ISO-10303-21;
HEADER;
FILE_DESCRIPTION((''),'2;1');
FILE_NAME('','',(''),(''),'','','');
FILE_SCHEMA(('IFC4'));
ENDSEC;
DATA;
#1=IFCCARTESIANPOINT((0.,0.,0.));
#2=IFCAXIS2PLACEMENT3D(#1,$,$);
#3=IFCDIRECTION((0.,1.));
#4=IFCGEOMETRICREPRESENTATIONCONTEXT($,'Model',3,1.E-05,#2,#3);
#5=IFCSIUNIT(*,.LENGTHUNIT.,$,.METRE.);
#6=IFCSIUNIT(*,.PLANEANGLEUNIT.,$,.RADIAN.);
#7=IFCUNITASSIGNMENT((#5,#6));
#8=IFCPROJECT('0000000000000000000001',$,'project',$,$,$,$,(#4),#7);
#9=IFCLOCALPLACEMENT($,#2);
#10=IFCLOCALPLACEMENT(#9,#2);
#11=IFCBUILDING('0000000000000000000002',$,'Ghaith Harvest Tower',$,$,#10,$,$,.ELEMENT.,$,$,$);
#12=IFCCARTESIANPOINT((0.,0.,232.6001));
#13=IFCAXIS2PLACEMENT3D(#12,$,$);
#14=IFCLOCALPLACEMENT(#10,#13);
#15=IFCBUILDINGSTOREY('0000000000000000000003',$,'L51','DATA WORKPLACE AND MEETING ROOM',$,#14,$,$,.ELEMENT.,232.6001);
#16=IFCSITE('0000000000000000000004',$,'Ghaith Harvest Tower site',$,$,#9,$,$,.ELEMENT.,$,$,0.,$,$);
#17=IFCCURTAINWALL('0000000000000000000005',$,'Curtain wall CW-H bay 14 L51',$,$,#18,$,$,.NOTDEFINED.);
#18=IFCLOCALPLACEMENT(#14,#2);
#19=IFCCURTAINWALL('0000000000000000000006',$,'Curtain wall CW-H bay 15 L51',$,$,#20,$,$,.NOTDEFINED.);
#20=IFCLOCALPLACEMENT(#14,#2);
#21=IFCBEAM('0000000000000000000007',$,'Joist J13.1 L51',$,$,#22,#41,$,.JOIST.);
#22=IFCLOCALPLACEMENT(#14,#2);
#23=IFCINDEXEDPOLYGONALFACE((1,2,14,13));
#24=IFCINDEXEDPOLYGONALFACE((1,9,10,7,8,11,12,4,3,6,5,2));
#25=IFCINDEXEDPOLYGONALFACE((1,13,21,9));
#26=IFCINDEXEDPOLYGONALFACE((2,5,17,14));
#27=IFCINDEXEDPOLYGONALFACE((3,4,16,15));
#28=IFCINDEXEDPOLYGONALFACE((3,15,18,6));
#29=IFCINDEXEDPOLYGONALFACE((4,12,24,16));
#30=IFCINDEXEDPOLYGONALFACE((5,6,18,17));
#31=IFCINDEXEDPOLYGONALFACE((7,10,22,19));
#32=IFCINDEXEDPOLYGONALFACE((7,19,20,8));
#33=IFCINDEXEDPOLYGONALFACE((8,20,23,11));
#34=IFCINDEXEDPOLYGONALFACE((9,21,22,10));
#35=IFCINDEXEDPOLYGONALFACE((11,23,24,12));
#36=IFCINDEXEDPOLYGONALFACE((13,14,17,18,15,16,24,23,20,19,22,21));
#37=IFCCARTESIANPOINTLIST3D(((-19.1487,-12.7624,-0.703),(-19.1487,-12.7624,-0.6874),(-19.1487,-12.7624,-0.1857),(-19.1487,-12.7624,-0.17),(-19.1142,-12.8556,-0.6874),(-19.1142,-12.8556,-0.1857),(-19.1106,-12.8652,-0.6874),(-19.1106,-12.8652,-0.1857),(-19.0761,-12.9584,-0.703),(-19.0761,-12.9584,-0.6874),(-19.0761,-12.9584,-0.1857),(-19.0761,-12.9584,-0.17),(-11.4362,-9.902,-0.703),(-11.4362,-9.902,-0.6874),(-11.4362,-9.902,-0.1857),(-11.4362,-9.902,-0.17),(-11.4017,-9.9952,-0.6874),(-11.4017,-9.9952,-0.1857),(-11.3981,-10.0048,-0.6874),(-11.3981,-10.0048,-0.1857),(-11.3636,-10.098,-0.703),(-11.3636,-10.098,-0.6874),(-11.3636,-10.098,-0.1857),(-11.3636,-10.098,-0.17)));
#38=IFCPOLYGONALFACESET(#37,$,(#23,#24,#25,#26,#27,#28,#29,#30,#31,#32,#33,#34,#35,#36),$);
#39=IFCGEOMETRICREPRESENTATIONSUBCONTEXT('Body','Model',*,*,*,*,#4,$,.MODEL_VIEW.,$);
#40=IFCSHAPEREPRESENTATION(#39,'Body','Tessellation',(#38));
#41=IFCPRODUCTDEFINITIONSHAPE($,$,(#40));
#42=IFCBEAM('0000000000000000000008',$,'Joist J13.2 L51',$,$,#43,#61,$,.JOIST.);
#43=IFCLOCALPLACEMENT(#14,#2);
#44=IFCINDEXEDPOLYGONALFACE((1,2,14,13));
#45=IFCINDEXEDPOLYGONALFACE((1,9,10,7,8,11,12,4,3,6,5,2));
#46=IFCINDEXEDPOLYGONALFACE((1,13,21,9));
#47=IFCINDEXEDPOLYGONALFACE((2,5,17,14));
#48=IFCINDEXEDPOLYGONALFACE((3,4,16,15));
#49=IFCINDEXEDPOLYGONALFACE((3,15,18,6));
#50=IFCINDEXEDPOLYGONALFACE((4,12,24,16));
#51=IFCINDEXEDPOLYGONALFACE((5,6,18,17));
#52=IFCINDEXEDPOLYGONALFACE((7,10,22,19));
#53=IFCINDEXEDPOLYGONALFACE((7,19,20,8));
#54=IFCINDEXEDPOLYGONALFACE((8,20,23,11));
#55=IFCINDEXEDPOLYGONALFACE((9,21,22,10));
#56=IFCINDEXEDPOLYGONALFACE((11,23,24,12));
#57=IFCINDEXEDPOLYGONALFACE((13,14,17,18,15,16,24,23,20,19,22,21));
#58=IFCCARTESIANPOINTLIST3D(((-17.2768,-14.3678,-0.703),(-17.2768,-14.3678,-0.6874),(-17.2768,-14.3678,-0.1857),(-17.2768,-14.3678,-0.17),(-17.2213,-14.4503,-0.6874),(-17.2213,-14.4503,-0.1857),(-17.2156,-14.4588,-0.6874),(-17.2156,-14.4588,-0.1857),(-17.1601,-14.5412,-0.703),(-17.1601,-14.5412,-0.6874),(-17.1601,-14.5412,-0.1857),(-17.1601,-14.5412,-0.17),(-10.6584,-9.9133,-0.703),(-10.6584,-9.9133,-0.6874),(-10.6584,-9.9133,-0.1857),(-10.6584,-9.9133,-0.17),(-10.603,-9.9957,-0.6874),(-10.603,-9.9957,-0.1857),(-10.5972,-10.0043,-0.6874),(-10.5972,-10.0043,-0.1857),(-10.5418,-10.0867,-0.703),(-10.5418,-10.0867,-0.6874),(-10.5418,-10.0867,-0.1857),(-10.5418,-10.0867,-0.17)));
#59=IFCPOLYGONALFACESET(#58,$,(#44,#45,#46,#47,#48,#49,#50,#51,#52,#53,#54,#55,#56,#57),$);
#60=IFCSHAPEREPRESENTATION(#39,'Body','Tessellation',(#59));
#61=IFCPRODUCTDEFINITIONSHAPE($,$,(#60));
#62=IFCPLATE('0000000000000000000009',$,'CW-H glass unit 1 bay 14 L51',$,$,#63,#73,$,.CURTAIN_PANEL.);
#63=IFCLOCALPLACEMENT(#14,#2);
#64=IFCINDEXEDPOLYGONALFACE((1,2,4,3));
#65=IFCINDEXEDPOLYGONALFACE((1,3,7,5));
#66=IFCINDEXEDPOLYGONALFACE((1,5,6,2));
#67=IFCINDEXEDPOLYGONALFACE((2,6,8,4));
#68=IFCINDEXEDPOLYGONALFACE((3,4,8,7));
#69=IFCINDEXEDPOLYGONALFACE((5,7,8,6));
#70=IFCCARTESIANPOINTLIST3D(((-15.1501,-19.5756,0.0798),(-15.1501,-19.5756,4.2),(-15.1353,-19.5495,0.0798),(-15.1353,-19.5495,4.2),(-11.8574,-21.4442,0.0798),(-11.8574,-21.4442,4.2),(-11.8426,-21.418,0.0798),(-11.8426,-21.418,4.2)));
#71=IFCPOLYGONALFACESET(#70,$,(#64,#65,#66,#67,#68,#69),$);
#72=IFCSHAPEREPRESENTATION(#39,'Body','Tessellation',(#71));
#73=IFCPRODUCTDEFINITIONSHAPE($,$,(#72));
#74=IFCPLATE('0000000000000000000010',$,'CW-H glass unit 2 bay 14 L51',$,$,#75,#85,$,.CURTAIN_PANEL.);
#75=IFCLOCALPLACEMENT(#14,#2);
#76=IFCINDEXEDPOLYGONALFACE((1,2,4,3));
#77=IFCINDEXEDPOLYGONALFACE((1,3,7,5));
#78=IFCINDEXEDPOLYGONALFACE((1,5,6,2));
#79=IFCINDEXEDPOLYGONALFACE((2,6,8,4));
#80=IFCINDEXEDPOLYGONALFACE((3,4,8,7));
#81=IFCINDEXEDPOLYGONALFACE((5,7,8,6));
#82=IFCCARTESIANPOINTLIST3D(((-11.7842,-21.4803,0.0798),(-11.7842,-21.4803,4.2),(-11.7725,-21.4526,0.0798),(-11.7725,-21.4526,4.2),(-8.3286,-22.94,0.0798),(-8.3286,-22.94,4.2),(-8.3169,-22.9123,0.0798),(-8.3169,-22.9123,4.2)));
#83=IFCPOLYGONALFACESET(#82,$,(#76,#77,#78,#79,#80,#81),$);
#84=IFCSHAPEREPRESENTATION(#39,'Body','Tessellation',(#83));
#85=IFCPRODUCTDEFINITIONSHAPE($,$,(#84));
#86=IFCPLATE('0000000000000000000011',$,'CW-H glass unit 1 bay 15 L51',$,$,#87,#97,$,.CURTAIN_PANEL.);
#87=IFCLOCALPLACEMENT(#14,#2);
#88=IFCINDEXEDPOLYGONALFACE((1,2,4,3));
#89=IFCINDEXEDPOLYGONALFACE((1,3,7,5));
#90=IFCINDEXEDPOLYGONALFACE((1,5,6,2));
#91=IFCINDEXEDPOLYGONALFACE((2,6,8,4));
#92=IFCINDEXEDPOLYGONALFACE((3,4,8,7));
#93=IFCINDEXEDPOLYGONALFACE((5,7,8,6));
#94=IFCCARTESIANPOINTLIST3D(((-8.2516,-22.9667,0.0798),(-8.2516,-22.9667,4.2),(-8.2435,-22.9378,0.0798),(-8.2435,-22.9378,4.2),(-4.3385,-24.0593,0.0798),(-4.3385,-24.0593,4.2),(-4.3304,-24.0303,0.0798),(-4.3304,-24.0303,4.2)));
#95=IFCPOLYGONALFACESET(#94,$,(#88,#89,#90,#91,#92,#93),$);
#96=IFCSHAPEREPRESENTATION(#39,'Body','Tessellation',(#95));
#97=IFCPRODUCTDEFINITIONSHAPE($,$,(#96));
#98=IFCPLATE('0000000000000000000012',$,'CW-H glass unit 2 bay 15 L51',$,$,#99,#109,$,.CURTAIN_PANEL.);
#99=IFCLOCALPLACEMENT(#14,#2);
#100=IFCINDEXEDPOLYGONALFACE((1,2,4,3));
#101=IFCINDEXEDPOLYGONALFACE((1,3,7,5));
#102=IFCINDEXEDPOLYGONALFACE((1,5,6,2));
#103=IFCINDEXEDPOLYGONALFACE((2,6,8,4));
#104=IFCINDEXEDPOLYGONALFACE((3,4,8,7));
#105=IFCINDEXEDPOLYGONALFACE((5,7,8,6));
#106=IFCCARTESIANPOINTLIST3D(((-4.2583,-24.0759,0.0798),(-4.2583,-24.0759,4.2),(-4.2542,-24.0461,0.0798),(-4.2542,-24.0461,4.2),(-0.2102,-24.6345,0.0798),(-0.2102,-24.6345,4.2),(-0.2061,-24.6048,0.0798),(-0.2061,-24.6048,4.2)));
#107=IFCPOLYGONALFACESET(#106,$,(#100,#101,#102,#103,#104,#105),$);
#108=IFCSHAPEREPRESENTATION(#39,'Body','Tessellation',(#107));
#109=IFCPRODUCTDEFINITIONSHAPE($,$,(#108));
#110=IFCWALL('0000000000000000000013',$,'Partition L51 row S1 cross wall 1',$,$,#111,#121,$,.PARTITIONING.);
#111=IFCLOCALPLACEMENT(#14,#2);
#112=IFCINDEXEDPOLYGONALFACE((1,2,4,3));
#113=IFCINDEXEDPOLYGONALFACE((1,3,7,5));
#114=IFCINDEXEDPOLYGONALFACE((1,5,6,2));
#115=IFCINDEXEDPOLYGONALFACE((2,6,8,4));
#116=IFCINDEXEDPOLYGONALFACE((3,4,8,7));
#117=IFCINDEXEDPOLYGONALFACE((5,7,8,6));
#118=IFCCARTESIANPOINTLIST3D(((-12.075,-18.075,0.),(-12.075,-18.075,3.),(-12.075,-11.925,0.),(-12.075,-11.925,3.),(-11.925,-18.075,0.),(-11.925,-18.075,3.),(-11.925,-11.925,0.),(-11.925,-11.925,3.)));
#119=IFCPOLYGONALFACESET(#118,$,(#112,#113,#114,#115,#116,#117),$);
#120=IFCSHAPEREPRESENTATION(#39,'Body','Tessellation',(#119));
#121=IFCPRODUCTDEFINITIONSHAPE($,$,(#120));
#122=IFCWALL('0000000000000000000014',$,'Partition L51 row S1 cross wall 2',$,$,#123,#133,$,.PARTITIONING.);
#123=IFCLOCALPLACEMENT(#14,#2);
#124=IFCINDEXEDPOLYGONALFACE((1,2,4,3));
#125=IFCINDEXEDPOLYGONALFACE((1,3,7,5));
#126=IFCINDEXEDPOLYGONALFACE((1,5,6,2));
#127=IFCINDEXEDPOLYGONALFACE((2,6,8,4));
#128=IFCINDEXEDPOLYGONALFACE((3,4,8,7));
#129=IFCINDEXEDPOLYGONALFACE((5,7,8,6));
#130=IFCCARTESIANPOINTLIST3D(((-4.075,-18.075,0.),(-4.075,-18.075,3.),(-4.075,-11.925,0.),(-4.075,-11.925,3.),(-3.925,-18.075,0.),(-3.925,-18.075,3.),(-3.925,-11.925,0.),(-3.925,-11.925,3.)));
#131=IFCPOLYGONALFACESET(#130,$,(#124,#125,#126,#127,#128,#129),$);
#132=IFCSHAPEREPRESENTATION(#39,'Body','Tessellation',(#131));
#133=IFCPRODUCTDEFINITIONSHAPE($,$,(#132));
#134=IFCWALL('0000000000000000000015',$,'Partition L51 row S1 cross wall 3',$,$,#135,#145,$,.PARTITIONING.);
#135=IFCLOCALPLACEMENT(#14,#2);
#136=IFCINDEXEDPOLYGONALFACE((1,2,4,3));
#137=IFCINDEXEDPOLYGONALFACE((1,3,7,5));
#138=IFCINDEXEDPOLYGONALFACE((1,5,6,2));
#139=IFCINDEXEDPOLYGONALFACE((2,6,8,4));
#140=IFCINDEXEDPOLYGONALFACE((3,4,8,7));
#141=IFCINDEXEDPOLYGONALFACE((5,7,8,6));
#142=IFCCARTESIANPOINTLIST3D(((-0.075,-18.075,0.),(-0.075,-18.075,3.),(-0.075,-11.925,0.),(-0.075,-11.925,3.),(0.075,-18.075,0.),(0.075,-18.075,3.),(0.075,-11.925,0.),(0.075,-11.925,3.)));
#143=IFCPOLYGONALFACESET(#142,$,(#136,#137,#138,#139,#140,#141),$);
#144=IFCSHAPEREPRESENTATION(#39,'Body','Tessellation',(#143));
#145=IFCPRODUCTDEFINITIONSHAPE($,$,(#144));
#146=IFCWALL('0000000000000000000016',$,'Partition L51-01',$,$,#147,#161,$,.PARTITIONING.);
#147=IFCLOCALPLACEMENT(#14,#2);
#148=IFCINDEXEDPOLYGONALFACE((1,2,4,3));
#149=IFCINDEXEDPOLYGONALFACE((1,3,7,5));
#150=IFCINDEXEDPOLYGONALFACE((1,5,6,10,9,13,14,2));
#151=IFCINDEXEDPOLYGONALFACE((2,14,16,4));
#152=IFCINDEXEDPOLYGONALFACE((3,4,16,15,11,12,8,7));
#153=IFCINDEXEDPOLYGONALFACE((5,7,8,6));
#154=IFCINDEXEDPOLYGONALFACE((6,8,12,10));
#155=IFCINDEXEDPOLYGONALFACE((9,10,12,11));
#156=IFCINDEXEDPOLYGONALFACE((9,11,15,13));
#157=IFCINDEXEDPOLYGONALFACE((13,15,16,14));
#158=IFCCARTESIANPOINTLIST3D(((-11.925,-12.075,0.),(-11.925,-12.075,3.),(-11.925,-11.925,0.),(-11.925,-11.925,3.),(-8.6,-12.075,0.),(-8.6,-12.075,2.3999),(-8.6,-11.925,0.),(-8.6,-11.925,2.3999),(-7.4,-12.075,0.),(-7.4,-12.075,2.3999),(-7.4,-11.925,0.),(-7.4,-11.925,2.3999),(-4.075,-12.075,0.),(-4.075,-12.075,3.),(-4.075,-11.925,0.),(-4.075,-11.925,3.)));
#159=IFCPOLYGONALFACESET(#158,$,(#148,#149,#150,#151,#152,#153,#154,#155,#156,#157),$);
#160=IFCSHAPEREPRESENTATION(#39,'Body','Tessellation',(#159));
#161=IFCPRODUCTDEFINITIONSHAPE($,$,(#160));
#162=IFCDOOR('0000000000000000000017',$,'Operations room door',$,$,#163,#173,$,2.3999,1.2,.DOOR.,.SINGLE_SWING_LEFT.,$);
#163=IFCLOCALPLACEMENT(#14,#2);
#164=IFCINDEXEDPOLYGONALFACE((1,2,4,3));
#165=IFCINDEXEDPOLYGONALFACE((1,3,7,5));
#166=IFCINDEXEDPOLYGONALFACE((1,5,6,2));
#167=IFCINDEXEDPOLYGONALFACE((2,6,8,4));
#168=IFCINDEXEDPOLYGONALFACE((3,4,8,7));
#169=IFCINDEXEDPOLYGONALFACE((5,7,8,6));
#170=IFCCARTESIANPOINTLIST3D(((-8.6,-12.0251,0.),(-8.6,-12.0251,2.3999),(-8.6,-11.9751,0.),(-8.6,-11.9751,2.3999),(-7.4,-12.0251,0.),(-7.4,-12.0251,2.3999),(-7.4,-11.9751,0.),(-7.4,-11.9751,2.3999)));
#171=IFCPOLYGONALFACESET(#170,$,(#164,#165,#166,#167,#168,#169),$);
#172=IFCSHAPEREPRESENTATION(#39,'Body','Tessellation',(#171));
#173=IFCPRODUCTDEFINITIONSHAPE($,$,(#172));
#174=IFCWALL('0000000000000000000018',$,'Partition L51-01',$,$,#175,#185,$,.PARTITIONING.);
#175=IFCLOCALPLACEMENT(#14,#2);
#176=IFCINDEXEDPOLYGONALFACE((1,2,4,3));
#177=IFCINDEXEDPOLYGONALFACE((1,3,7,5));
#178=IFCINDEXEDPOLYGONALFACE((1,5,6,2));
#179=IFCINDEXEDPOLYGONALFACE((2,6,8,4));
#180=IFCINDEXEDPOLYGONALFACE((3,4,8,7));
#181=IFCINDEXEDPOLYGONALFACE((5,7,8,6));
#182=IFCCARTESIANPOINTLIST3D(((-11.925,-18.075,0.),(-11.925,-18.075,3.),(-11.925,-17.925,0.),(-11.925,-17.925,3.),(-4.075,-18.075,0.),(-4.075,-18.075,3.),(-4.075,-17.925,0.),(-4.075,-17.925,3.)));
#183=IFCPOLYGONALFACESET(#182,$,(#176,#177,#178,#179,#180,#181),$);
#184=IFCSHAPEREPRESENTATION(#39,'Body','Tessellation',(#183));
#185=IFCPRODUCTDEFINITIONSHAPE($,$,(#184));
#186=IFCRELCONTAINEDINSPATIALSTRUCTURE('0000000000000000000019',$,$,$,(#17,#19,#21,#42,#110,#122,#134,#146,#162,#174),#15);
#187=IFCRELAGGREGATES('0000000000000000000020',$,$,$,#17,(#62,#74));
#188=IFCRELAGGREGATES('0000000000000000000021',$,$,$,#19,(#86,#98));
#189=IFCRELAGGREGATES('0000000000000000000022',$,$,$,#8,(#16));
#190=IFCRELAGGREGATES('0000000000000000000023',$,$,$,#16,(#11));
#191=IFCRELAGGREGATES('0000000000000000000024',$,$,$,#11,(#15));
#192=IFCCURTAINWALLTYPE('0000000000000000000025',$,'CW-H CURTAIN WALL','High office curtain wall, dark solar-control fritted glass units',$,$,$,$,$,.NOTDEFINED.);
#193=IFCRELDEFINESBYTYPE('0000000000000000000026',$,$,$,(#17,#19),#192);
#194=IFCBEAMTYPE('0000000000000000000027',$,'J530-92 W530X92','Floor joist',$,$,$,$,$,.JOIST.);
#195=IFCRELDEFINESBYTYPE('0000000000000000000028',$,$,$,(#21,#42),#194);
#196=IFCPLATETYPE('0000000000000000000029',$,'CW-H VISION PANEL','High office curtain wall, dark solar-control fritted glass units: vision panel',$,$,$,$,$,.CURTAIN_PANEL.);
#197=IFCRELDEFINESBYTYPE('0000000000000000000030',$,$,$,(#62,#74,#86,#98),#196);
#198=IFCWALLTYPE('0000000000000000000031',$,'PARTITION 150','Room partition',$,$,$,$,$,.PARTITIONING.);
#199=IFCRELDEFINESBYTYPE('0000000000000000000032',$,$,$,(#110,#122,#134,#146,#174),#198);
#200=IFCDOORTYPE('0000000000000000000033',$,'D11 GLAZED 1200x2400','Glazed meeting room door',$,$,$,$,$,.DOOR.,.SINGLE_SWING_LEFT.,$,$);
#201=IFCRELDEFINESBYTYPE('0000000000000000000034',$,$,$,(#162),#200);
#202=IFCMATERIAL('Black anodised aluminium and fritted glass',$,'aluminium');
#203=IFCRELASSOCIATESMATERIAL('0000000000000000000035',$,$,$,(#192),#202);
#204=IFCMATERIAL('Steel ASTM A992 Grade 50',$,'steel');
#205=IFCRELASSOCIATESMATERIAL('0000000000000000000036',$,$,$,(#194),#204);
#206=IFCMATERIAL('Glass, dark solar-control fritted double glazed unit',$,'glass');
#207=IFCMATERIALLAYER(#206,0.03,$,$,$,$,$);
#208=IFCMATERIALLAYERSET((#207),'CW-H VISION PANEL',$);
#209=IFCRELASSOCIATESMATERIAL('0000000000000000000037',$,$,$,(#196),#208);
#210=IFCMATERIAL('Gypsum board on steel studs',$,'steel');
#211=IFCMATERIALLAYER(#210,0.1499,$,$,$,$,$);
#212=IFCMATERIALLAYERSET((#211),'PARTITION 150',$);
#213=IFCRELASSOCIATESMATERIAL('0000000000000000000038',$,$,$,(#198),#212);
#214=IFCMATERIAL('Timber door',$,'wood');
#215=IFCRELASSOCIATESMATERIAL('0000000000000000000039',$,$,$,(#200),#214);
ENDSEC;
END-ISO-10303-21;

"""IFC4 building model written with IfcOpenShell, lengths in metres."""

from ifc_helpers import new_model, si_unit, direction, frame, frame_2d, origin, origin_2d, place, context, subcontext, project, spatial, rectangle, i_section, extrude, material, layer, layer_set, material_profile, profile_set, type_object, element, fill, aggregate, save


model = new_model("IFC4")

# Units and contexts
model_context = context("Model", 3, precision=1e-05, world=origin(), true_north=direction((0.0, 1.0)))
body_context = subcontext(model_context, "Body", "Model", "MODEL_VIEW")
ifc_project = project(units=[si_unit("LENGTHUNIT", "METRE"), si_unit("PLANEANGLEUNIT", "RADIAN")], contexts=[model_context])

# Site, building, storey
site_placement = place(None, origin())
site = spatial("IfcSite", under=ifc_project, at=site_placement, Name="Ghaith Harvest Tower site", CompositionType="ELEMENT", RefElevation=0.0)
building_placement = place(site_placement, origin())
building = spatial("IfcBuilding", under=site, at=building_placement, Name="Ghaith Harvest Tower", CompositionType="ELEMENT")
storey_placement = place(building_placement, frame((0.0, 0.0, 232.6001)))
storey = spatial("IfcBuildingStorey", under=building, at=storey_placement, Name="L51", Description="DATA WORKPLACE AND MEETING ROOM", CompositionType="ELEMENT", Elevation=232.6001)

# Curtain wall
ifc_material_1 = material(Name="Black anodised aluminium and fritted glass", Category="aluminium")
curtain_wall_type = type_object("IfcCurtainWallType", Name="CW-H CURTAIN WALL", Description="High office curtain wall, dark solar-control fritted glass units", PredefinedType="NOTDEFINED", material=ifc_material_1)
curtain_wall_1_placement = place(storey_placement, origin())
curtain_wall_1 = element("IfcCurtainWall", 1, at=curtain_wall_1_placement, inside=storey, type_object=curtain_wall_type, Name="Curtain wall CW-H bay 14 L51", PredefinedType="NOTDEFINED")

# Curtain wall
curtain_wall_2_placement = place(storey_placement, origin())
curtain_wall_2 = element("IfcCurtainWall", 2, at=curtain_wall_2_placement, inside=storey, type_object=curtain_wall_type, Name="Curtain wall CW-H bay 15 L51", PredefinedType="NOTDEFINED")

# Beams
ifc_material_2 = material(Name="Steel ASTM A992 Grade 50", Category="steel")
ifc_material_profile_1 = material_profile(ifc_material_2, i_section(OverallWidth=0.209, OverallDepth=0.533, WebThickness=0.0103, FlangeThickness=0.0156, at=origin_2d()), Name="W530X92")
ifc_profile_set_1 = profile_set([ifc_material_profile_1], Name="Steel ASTM A992 Grade 50")
beam_type_1 = type_object("IfcBeamType", Name="J530-92 W530X92", Description="Floor joist", PredefinedType="JOIST", material=ifc_profile_set_1)
beam_1_placement = place(storey_placement, frame((-11.3999, -10.0, -0.4365), z_axis=(-0.937594, -0.347732, 0.0), x_axis=(0.347732, -0.937594, 0.0)))
element("IfcBeam", 3, at=beam_1_placement, inside=storey, type_object=beam_type_1, Name="Joist J13.1 L51", PredefinedType="JOIST", context=body_context, shape_type="SweptSolid", body=[
    extrude(i_section(OverallWidth=0.209, OverallDepth=0.533, WebThickness=0.0103, FlangeThickness=0.0156, at=origin_2d()), origin(), (0.0, 0.0, 1.0), 8.2258),
])
beam_2_placement = place(storey_placement, frame((-10.6001, -10.0, -0.4365), z_axis=(-0.829594, -0.558367, 0.0), x_axis=(0.558367, -0.829594, 0.0)))
element("IfcBeam", 4, at=beam_2_placement, inside=storey, type_object=beam_type_1, Name="Joist J13.2 L51", PredefinedType="JOIST", context=body_context, shape_type="SweptSolid", body=[
    extrude(i_section(OverallWidth=0.209, OverallDepth=0.533, WebThickness=0.0103, FlangeThickness=0.0156, at=origin_2d()), origin(), (0.0, 0.0, 1.0), 7.9778),
])

# Plates
ifc_material_3 = material(Name="Glass, dark solar-control fritted double glazed unit", Category="glass")
ifc_layer_1 = layer(ifc_material_3, 0.03)
ifc_layer_set_1 = layer_set([ifc_layer_1], Name="CW-H VISION PANEL")
plate_type = type_object("IfcPlateType", Name="CW-H VISION PANEL", Description="High office curtain wall, dark solar-control fritted glass units: vision panel", PredefinedType="CURTAIN_PANEL", material=ifc_layer_set_1)
plate_1_placement = place(storey_placement, frame((-13.4963, -20.4968, 0.0798), z_axis=(0.0, 0.0, 1.0), x_axis=(0.869715, -0.493554, 0.0)))
plate_1 = element("IfcPlate", 5, at=plate_1_placement, type_object=plate_type, Name="CW-H glass unit 1 bay 14 L51", PredefinedType="CURTAIN_PANEL", context=body_context, shape_type="SweptSolid", body=[
    extrude(rectangle(XDim=3.7859, YDim=0.03, at=origin_2d()), origin(), (0.0, 0.0, 1.0), 4.1201),
])
plate_2_placement = place(storey_placement, frame((-10.0505, -22.1963, 0.0798), z_axis=(0.0, 0.0, 1.0), x_axis=(0.921182, -0.389133, 0.0)))
plate_2 = element("IfcPlate", 6, at=plate_2_placement, type_object=plate_type, Name="CW-H glass unit 2 bay 14 L51", PredefinedType="CURTAIN_PANEL", context=body_context, shape_type="SweptSolid", body=[
    extrude(rectangle(XDim=3.7512, YDim=0.03, at=origin_2d()), origin(), (0.0, 0.0, 1.0), 4.1201),
])
aggregate(curtain_wall_1, [plate_1, plate_2])
plate_3_placement = place(storey_placement, frame((-6.291, -23.4985, 0.0798), z_axis=(0.0, 0.0, 1.0), x_axis=(0.963163, -0.268919, 0.0)))
plate_3 = element("IfcPlate", 7, at=plate_3_placement, type_object=plate_type, Name="CW-H glass unit 1 bay 15 L51", PredefinedType="CURTAIN_PANEL", context=body_context, shape_type="SweptSolid", body=[
    extrude(rectangle(XDim=4.0627, YDim=0.03, at=origin_2d()), origin(), (0.0, 0.0, 1.0), 4.1201),
])
plate_4_placement = place(storey_placement, frame((-2.2322, -24.3403, 0.0798), z_axis=(0.0, 0.0, 1.0), x_axis=(0.990612, -0.136702, 0.0)))
plate_4 = element("IfcPlate", 8, at=plate_4_placement, type_object=plate_type, Name="CW-H glass unit 2 bay 15 L51", PredefinedType="CURTAIN_PANEL", context=body_context, shape_type="SweptSolid", body=[
    extrude(rectangle(XDim=4.0864, YDim=0.03, at=origin_2d()), origin(), (0.0, 0.0, 1.0), 4.1201),
])
aggregate(curtain_wall_2, [plate_3, plate_4])

# Walls
ifc_material_4 = material(Name="Gypsum board on steel studs", Category="steel")
ifc_layer_2 = layer(ifc_material_4, 0.1499)
ifc_layer_set_2 = layer_set([ifc_layer_2], Name="PARTITION 150")
wall_type = type_object("IfcWallType", Name="PARTITION 150", Description="Room partition", PredefinedType="PARTITIONING", material=ifc_layer_set_2)
for number, where, z_axis, x_axis, name in (
    (9, (-12.0, -11.925, 0.0), (0.0, 0.0, 1.0), (0.0, -1.0, 0.0), "Partition L51 row S1 cross wall 1"),
    (10, (-4.0, -11.925, 0.0), (0.0, 0.0, 1.0), (0.0, -1.0, 0.0), "Partition L51 row S1 cross wall 2"),
    (11, (0.0, -11.925, 0.0), (0.0, 0.0, 1.0), (0.0, -1.0, 0.0), "Partition L51 row S1 cross wall 3"),
):
    element("IfcWall", number, at=place(storey_placement, frame(where, z_axis=z_axis, x_axis=x_axis)), inside=storey, type_object=wall_type, Name=name, PredefinedType="PARTITIONING", context=body_context, shape_type="SweptSolid", body=[
        extrude(rectangle(XDim=6.1499, YDim=0.1499, at=frame_2d((3.075, 0.0))), origin(), (0.0, 0.0, 1.0), 3.0),
    ])

# Wall, opening, door
wall_1_placement = place(storey_placement, frame((-11.925, -12.0, 0.0), z_axis=(0.0, 0.0, 1.0), x_axis=(1.0, 0.0, 0.0)))
wall_1 = element("IfcWall", 12, at=wall_1_placement, inside=storey, type_object=wall_type, Name="Partition L51-01", PredefinedType="PARTITIONING", context=body_context, shape_type="SweptSolid", body=[
    extrude(rectangle(XDim=7.8501, YDim=0.1499, at=frame_2d((3.925, 0.0))), origin(), (0.0, 0.0, 1.0), 3.0),
])
opening_1_placement = place(wall_1_placement, frame((3.325, 0.0, 0.0)))
opening_1 = element("IfcOpeningElement", 13, at=opening_1_placement, cuts=wall_1, PredefinedType="OPENING", context=body_context, shape_type="SweptSolid", body=[
    extrude(rectangle(XDim=1.2, YDim=2.3999, at=frame_2d((0.6001, 1.2))), frame((0.0, 0.085, 0.0), z_axis=(0.0, -1.0, 0.0), x_axis=(1.0, 0.0, 0.0)), (0.0, 0.0, 1.0), 0.1699),
])
ifc_material_5 = material(Name="Timber door", Category="wood")
door_type_1 = type_object("IfcDoorType", Name="D11 GLAZED 1200x2400", Description="Glazed meeting room door", OperationType="SINGLE_SWING_LEFT", PredefinedType="DOOR", material=ifc_material_5)
door_1_placement = place(opening_1_placement, origin())
door_1 = element("IfcDoor", 14, at=door_1_placement, inside=storey, type_object=door_type_1, Name="Operations room door", OperationType="SINGLE_SWING_LEFT", OverallHeight=2.3999, OverallWidth=1.2, PredefinedType="DOOR", context=body_context, shape_type="SweptSolid", body=[
    extrude(rectangle(XDim=1.2, YDim=2.3999, at=frame_2d((0.6001, 1.2))), frame((0.0, 0.0249, 0.0), z_axis=(0.0, -1.0, 0.0), x_axis=(1.0, 0.0, 0.0)), (0.0, 0.0, 1.0), 0.05),
])
fill(opening_1, door_1)

# Wall
wall_2_placement = place(storey_placement, frame((-11.925, -18.0, 0.0), z_axis=(0.0, 0.0, 1.0), x_axis=(1.0, 0.0, 0.0)))
element("IfcWall", 15, at=wall_2_placement, inside=storey, type_object=wall_type, Name="Partition L51-01", PredefinedType="PARTITIONING", context=body_context, shape_type="SweptSolid", body=[
    extrude(rectangle(XDim=7.8501, YDim=0.1499, at=frame_2d((3.925, 0.0))), origin(), (0.0, 0.0, 1.0), 3.0),
])

save(model, "model.ifc")
